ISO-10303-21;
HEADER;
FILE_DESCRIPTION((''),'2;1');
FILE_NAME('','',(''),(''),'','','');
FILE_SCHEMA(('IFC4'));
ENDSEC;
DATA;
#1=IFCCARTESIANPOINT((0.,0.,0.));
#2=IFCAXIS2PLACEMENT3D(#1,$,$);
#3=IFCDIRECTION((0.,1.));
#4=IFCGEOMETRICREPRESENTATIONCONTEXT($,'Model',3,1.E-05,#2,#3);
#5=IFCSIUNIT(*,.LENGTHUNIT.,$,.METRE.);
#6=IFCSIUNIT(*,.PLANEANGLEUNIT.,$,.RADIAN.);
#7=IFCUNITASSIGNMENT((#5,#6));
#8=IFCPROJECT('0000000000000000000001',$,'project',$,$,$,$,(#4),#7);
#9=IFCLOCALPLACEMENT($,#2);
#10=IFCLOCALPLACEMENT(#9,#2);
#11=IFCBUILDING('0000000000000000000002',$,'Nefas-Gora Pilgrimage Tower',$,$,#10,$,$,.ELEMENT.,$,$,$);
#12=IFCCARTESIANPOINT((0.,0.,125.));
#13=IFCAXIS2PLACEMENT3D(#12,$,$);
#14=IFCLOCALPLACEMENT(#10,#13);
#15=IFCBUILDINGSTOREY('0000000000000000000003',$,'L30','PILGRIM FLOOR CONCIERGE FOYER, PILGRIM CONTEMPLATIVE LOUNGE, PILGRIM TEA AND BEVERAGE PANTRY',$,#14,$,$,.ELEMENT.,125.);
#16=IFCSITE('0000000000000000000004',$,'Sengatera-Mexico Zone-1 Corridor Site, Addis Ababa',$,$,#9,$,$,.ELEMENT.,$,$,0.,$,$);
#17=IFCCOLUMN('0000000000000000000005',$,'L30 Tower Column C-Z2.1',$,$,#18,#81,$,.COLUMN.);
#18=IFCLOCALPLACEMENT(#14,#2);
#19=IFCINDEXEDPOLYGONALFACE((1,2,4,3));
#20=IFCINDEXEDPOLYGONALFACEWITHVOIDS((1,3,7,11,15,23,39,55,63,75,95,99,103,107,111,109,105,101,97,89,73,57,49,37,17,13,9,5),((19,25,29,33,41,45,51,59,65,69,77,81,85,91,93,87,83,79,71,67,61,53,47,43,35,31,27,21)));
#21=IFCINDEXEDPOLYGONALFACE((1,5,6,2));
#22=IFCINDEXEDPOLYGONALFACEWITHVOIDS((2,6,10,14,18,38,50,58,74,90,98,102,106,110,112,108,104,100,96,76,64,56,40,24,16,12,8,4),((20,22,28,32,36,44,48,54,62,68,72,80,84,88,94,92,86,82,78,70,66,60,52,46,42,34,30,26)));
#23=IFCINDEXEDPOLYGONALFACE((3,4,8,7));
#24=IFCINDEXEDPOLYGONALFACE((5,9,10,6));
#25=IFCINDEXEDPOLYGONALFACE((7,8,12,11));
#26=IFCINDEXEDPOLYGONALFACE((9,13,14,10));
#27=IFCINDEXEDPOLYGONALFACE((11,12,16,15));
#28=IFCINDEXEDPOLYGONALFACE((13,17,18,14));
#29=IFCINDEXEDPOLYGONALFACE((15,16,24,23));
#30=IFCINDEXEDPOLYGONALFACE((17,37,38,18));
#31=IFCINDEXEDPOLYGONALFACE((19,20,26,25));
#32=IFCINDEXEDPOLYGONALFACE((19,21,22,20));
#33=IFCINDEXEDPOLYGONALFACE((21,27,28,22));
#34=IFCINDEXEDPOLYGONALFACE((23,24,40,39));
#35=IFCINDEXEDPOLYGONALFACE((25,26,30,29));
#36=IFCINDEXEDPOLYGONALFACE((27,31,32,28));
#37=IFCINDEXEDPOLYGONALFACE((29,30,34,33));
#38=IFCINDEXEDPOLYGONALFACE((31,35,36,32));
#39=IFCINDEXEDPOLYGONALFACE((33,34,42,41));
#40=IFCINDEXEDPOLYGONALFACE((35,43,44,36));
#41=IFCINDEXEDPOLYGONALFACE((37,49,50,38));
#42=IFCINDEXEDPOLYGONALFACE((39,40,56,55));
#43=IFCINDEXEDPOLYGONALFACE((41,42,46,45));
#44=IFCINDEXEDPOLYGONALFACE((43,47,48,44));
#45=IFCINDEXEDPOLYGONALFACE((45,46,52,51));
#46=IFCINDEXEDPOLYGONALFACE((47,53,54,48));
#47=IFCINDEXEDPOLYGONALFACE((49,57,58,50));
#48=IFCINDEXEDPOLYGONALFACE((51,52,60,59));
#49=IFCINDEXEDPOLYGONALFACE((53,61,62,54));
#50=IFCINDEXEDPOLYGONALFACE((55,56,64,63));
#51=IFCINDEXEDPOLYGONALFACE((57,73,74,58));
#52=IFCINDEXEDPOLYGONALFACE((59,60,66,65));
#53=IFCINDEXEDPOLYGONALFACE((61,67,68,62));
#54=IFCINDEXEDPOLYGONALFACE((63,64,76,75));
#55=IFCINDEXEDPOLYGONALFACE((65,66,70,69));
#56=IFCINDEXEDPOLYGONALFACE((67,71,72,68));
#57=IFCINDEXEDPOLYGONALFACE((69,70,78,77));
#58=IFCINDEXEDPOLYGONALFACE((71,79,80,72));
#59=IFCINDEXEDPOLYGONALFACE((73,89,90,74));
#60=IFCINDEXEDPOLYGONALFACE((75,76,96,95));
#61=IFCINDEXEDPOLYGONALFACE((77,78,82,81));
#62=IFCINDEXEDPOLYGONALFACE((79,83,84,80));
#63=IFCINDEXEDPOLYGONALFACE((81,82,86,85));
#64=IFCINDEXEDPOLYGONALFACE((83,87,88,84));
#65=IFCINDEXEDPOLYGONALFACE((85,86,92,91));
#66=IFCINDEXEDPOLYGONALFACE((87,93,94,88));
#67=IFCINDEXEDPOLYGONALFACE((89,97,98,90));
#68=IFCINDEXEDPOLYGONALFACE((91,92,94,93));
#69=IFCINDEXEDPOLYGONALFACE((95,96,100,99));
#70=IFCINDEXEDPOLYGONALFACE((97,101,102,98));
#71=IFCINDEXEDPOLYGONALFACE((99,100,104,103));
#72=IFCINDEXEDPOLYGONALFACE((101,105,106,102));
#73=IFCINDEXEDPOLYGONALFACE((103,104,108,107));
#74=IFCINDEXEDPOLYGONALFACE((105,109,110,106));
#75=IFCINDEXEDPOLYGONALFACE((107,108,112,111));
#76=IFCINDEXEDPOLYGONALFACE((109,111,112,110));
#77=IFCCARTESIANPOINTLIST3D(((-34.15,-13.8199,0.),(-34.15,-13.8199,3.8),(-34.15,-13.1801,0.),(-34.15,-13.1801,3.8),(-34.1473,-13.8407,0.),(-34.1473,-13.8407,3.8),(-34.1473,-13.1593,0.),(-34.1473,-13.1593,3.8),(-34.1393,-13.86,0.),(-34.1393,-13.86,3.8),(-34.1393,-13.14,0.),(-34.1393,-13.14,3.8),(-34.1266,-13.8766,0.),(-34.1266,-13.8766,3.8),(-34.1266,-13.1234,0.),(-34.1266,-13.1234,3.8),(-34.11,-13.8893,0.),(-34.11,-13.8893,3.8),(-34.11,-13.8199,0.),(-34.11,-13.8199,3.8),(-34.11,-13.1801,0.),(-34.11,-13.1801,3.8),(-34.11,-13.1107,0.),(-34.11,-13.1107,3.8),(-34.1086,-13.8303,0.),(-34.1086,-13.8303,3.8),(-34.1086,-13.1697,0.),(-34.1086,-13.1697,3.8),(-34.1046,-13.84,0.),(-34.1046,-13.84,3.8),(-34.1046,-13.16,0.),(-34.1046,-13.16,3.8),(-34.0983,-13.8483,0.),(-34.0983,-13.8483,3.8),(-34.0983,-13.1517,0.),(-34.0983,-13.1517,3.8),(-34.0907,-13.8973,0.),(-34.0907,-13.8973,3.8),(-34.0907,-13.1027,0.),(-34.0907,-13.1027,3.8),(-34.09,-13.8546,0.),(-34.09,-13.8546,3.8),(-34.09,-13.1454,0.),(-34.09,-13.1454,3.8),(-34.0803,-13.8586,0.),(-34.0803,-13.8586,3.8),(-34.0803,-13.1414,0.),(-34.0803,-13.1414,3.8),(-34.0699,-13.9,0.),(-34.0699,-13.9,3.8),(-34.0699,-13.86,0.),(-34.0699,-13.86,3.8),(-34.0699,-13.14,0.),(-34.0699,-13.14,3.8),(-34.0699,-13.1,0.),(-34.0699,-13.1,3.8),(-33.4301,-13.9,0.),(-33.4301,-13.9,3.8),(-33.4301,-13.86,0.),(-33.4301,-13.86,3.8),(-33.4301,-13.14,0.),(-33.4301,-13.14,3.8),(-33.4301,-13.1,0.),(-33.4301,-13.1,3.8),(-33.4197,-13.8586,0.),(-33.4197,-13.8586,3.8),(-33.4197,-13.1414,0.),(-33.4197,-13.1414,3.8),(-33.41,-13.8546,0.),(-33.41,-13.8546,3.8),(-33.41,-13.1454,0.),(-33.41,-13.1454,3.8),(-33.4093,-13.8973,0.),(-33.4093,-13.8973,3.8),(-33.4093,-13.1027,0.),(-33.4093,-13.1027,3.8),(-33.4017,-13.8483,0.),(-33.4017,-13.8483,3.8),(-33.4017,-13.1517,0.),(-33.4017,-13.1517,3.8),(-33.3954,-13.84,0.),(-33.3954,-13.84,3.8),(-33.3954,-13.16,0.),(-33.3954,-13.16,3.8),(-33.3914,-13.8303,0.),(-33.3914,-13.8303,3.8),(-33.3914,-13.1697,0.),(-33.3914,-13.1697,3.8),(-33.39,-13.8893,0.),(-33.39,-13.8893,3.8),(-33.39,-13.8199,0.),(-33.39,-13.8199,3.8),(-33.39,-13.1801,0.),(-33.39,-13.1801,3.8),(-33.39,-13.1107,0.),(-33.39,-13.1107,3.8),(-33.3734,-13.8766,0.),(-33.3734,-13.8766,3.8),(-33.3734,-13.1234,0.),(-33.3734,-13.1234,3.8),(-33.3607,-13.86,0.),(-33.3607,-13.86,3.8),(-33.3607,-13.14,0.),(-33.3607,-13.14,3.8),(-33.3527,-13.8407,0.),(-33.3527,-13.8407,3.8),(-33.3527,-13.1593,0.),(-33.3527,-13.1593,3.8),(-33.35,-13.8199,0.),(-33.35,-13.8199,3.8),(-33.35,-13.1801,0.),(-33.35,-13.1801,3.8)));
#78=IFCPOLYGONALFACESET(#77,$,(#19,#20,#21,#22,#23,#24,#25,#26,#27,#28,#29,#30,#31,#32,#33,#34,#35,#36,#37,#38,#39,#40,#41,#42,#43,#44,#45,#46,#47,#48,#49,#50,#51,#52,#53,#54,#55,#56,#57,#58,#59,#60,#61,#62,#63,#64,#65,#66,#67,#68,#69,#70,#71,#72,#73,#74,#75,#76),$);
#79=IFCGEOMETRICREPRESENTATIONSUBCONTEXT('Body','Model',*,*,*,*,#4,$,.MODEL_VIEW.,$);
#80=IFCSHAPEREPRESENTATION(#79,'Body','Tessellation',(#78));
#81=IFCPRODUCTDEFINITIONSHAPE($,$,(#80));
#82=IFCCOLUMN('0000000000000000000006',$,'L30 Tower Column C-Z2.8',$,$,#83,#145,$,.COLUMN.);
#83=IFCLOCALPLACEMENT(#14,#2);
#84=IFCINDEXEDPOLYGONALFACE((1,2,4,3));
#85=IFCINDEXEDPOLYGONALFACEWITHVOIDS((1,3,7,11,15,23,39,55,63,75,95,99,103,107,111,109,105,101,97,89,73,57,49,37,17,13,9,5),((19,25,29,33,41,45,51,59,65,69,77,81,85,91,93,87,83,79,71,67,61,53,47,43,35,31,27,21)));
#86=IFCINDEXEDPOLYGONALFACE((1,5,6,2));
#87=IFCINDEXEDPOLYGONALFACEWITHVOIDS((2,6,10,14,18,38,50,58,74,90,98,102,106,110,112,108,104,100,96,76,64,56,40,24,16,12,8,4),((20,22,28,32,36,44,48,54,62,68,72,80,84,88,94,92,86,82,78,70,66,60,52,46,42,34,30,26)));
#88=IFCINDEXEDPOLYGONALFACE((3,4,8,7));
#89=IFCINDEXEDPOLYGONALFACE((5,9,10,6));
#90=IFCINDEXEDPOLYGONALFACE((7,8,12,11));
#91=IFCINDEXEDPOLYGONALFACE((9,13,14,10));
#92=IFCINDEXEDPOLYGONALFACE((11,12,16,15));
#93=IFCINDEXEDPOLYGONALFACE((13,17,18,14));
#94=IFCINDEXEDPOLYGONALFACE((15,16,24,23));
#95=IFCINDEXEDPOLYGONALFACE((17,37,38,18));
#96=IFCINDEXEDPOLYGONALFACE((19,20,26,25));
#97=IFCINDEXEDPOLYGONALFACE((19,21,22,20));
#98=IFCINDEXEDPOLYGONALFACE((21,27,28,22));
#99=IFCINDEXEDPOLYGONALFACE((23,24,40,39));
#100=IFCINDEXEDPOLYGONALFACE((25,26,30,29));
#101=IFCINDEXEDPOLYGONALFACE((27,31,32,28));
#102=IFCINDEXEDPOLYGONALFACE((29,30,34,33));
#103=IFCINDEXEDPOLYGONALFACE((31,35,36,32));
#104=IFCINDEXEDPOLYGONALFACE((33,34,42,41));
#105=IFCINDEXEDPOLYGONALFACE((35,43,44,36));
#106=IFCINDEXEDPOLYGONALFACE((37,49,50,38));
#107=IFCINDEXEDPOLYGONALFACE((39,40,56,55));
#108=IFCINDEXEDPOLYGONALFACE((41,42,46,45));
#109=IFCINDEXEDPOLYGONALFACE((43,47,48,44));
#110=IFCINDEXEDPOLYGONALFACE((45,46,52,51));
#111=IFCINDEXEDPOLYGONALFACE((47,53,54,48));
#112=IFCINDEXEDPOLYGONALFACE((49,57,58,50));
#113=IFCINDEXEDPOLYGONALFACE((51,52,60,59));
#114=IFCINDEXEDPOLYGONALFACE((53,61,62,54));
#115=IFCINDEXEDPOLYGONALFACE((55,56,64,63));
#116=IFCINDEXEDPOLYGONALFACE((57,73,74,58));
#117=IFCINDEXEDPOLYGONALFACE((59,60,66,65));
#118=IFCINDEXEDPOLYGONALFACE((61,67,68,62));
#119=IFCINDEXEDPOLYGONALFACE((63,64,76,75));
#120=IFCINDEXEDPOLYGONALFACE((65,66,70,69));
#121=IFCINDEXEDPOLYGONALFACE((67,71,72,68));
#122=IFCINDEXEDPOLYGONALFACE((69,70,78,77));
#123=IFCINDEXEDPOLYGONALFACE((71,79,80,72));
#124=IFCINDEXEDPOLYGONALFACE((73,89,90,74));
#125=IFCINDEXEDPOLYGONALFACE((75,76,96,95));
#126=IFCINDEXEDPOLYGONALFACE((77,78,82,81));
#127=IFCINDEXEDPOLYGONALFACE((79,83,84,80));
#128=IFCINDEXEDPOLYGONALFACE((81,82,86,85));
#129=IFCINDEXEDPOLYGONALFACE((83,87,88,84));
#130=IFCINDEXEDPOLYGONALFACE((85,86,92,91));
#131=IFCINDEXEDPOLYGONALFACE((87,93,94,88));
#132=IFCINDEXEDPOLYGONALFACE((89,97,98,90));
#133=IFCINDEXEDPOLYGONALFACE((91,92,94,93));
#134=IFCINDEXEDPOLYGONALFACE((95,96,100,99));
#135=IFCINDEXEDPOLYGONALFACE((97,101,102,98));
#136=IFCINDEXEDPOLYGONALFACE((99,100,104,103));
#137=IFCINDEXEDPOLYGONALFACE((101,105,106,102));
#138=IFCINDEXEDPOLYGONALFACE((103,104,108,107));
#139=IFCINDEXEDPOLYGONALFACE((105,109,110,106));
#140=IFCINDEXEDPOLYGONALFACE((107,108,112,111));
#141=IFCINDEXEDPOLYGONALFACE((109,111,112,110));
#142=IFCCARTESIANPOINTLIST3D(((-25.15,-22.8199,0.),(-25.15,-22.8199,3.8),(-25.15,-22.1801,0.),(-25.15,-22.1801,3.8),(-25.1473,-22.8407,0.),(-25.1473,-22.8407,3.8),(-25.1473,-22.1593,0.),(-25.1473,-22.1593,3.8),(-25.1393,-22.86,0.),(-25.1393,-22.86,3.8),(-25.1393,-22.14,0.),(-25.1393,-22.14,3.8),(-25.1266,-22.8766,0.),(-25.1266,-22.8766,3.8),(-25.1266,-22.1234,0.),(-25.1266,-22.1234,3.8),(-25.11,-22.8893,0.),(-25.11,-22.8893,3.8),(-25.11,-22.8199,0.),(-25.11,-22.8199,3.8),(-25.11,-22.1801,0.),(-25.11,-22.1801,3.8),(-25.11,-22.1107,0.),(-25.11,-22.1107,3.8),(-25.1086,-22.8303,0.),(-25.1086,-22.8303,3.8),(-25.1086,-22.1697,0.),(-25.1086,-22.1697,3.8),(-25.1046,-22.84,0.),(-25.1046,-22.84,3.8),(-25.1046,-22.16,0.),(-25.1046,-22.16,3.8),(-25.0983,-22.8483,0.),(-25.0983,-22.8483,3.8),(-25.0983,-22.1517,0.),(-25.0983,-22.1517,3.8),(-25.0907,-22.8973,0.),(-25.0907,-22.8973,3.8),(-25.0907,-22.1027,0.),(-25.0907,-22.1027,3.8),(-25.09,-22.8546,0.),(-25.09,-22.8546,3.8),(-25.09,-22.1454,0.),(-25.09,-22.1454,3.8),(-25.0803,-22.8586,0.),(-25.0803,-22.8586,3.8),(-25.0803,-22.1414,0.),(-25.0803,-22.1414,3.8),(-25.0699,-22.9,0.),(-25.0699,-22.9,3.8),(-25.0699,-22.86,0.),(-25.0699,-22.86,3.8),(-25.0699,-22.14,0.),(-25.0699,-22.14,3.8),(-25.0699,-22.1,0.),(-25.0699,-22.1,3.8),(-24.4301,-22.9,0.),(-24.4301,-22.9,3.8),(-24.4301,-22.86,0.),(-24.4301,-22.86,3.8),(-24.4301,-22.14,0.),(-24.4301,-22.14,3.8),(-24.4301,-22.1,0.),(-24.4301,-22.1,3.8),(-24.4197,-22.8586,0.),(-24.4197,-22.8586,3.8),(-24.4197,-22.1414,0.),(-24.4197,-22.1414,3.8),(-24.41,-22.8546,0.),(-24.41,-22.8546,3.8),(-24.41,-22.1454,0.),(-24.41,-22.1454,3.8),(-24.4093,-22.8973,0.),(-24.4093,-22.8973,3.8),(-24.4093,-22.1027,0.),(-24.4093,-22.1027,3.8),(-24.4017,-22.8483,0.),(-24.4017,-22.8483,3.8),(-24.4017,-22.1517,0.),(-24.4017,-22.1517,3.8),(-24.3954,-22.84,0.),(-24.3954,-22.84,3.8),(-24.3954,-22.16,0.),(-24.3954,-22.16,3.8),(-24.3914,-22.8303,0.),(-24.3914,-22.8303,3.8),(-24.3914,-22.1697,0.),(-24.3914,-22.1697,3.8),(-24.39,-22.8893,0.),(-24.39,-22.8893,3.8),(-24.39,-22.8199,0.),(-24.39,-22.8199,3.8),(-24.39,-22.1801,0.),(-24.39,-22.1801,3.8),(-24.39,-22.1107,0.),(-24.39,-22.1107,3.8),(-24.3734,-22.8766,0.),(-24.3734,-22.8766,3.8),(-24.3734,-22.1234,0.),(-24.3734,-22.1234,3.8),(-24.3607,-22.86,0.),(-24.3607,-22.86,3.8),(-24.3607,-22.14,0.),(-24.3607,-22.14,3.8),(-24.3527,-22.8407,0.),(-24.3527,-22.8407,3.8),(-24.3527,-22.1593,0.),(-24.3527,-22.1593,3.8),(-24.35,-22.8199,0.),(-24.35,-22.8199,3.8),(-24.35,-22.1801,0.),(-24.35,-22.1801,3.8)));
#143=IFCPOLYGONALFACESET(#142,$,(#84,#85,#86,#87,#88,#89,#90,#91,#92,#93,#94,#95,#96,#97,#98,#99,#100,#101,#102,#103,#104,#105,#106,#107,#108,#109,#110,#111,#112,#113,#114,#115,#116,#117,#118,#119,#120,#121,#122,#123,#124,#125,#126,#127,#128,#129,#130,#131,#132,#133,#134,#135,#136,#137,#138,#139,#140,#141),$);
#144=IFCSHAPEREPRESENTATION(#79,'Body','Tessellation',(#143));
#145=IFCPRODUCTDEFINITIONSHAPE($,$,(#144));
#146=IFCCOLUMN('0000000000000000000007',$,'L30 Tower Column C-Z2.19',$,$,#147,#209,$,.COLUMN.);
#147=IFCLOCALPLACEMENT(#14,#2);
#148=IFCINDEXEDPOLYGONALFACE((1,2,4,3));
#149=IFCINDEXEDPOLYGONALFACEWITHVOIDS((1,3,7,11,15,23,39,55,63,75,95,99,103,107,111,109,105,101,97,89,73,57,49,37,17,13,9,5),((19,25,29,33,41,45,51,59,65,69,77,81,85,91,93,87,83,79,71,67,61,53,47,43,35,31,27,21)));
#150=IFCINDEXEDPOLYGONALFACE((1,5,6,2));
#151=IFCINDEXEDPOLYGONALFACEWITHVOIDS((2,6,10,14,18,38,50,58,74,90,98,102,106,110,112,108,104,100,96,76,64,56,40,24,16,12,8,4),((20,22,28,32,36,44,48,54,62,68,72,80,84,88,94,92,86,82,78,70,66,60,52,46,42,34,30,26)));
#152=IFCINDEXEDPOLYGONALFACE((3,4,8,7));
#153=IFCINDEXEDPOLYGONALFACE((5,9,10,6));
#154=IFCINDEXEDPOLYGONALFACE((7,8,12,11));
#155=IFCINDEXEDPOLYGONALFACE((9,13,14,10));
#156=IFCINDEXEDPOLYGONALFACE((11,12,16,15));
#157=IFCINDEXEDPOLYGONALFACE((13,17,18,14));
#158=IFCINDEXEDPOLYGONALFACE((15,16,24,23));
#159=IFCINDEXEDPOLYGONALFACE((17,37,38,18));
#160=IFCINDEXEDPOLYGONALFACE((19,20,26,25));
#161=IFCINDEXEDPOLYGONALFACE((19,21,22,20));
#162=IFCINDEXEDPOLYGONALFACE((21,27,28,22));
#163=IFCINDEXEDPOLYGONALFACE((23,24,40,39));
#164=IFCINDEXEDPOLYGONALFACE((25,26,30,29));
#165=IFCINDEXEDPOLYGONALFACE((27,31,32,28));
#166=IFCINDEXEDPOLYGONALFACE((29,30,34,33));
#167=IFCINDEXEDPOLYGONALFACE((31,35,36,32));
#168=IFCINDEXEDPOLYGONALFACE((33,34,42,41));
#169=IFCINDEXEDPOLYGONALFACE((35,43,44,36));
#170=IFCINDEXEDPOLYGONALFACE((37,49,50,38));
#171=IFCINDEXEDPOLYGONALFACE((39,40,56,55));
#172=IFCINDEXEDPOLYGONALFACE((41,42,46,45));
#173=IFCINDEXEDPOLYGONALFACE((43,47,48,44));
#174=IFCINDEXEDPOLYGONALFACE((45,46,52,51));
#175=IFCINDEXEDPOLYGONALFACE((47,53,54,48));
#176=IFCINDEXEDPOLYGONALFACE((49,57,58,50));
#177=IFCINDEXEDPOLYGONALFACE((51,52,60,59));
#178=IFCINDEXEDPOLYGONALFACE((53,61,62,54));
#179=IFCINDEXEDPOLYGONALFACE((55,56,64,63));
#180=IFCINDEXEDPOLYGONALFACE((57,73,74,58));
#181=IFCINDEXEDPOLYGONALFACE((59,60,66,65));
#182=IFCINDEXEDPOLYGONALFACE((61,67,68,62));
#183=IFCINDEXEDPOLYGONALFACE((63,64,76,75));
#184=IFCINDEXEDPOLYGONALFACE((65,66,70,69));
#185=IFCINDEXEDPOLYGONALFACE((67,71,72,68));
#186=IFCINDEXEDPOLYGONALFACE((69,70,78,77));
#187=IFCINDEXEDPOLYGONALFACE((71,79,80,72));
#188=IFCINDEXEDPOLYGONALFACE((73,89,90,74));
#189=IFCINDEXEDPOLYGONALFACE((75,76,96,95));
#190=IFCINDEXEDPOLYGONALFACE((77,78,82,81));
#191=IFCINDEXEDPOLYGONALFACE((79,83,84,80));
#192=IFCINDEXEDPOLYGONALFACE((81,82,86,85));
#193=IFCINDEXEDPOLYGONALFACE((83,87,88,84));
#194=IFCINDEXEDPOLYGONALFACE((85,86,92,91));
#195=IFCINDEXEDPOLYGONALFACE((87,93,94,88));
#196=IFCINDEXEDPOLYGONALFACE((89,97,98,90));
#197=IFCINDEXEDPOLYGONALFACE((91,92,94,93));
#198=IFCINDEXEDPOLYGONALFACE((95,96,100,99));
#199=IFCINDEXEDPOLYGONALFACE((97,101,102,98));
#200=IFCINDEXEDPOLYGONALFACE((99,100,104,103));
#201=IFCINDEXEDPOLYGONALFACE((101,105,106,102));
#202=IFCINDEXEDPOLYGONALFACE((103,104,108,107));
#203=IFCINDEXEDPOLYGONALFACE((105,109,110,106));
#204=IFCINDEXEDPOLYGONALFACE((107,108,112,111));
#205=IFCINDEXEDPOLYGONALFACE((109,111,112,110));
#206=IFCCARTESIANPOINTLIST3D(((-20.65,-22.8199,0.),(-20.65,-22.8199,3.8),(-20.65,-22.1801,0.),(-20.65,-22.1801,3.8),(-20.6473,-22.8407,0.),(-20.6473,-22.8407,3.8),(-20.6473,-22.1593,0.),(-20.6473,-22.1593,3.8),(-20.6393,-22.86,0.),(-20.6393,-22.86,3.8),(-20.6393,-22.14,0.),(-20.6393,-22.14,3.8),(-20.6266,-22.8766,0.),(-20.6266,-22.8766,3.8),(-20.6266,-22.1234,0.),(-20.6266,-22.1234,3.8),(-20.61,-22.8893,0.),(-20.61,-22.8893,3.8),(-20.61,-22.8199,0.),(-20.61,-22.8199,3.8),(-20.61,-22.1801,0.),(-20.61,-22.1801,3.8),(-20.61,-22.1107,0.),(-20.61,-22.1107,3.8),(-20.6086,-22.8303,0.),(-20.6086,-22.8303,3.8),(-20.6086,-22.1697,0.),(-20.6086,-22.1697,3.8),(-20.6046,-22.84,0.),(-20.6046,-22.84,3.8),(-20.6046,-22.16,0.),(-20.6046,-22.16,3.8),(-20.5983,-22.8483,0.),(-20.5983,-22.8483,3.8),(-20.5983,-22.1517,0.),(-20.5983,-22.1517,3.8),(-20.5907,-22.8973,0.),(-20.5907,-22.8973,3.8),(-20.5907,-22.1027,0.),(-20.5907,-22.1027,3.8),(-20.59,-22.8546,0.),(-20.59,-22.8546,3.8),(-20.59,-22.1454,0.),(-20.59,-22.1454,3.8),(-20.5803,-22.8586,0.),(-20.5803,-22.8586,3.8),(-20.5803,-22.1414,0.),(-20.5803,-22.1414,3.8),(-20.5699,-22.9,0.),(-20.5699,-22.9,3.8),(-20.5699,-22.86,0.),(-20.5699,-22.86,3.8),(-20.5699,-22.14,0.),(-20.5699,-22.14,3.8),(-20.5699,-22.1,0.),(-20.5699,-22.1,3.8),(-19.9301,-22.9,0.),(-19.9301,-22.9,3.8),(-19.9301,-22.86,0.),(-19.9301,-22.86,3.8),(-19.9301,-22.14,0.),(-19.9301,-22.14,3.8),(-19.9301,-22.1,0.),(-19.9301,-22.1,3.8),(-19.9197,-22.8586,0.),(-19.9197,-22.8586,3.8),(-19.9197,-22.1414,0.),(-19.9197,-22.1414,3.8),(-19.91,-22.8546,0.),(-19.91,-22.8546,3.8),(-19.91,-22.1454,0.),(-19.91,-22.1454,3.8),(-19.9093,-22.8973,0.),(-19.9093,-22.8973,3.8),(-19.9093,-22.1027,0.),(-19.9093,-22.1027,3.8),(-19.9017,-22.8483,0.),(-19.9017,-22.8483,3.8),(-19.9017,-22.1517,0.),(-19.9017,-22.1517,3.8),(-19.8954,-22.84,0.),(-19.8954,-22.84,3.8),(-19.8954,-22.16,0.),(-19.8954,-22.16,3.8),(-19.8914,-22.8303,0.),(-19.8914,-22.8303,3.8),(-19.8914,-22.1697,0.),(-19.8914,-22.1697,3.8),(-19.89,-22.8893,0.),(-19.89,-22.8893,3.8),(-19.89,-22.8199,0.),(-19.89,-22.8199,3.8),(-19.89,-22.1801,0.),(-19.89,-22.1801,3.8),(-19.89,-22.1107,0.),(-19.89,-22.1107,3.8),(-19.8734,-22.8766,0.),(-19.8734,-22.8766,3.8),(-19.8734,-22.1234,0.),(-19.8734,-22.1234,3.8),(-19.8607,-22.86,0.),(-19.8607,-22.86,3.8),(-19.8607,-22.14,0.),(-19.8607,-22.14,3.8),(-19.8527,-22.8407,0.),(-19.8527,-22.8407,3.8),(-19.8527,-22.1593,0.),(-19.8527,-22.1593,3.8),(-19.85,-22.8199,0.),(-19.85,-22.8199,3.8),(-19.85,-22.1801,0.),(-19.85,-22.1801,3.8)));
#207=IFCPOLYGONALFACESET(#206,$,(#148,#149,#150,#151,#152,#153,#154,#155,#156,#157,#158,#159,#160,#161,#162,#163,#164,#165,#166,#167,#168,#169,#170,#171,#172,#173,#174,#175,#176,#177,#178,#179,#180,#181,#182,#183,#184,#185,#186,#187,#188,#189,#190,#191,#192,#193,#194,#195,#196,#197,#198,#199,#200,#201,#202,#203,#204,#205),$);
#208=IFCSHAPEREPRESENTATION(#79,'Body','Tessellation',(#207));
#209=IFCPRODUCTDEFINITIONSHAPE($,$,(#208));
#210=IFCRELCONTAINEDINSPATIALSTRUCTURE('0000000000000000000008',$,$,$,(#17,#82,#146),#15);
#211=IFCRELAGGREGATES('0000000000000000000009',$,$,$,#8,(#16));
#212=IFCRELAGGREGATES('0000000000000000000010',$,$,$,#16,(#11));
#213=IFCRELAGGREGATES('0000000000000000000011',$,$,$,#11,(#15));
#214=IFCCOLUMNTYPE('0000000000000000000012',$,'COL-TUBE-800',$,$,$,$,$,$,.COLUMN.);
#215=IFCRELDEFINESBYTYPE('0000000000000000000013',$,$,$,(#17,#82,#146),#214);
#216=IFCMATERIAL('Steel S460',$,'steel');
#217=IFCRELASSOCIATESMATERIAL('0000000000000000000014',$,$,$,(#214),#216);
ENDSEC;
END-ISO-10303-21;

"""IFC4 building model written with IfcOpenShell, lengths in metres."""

from ifc_helpers import new_model, si_unit, direction, frame, origin, origin_2d, place, context, subcontext, project, spatial, hollow_rectangle, extrude, source, transform, mapped, material, material_profile, profile_set, type_object, element, save


model = new_model("IFC4")

# Units and contexts
model_context = context("Model", 3, precision=1e-05, world=origin(), true_north=direction((0.0, 1.0)))
body_context = subcontext(model_context, "Body", "Model", "MODEL_VIEW")
ifc_project = project(units=[si_unit("LENGTHUNIT", "METRE"), si_unit("PLANEANGLEUNIT", "RADIAN")], contexts=[model_context])

# Site, building, storey
site_placement = place(None, origin())
site = spatial("IfcSite", under=ifc_project, at=site_placement, Name="Sengatera-Mexico Zone-1 Corridor Site, Addis Ababa", CompositionType="ELEMENT", RefElevation=0.0)
building_placement = place(site_placement, origin())
building = spatial("IfcBuilding", under=site, at=building_placement, Name="Nefas-Gora Pilgrimage Tower", CompositionType="ELEMENT")
storey_placement = place(building_placement, frame((0.0, 0.0, 125.0)))
storey = spatial("IfcBuildingStorey", under=building, at=storey_placement, Name="L30", Description="PILGRIM FLOOR CONCIERGE FOYER, PILGRIM CONTEMPLATIVE LOUNGE, PILGRIM TEA AND BEVERAGE PANTRY", CompositionType="ELEMENT", Elevation=125.0)

# Columns
ifc_material_1 = material(Name="Steel S460", Category="steel")
ifc_material_profile_1 = material_profile(ifc_material_1, hollow_rectangle(XDim=0.8, YDim=0.8, WallThickness=0.04, InnerFilletRadius=0.04, OuterFilletRadius=0.0801, at=origin_2d()), Name="BOX 800x800x40")
ifc_profile_set_1 = profile_set([ifc_material_profile_1], Name="Steel S460")
column_type_1 = type_object("IfcColumnType", Name="COL-TUBE-800", PredefinedType="COLUMN", material=ifc_profile_set_1)
shared_shape_1 = source(origin(), body_context, "Body", "SweptSolid", [
    extrude(hollow_rectangle(XDim=0.8, YDim=0.8, WallThickness=0.04, InnerFilletRadius=0.04, OuterFilletRadius=0.0801, at=origin_2d()), origin(), (0.0, 0.0, 1.0), 3.8),
])
for number, where, z_axis, x_axis, name in (
    (1, (-33.75, -13.5, 0.0), (0.0, 0.0, 1.0), (1.0, 0.0, 0.0), "L30 Tower Column C-Z2.1"),
    (2, (-24.75, -22.5, 0.0), (0.0, 0.0, 1.0), (1.0, 0.0, 0.0), "L30 Tower Column C-Z2.8"),
    (3, (-20.25, -22.5, 0.0), (0.0, 0.0, 1.0), (1.0, 0.0, 0.0), "L30 Tower Column C-Z2.19"),
):
    element("IfcColumn", number, at=place(storey_placement, frame(where, z_axis=z_axis, x_axis=x_axis)), inside=storey, type_object=column_type_1, Name=name, PredefinedType="COLUMN", context=body_context, shape_type="MappedRepresentation", body=[
        mapped(shared_shape_1, transform((0.0, 0.0, 0.0), x_axis=(1.0, 0.0, 0.0), y_axis=(0.0, 1.0, 0.0), z_axis=(0.0, 0.0, 1.0), scale=1.0)),
    ])

save(model, "model.ifc")
